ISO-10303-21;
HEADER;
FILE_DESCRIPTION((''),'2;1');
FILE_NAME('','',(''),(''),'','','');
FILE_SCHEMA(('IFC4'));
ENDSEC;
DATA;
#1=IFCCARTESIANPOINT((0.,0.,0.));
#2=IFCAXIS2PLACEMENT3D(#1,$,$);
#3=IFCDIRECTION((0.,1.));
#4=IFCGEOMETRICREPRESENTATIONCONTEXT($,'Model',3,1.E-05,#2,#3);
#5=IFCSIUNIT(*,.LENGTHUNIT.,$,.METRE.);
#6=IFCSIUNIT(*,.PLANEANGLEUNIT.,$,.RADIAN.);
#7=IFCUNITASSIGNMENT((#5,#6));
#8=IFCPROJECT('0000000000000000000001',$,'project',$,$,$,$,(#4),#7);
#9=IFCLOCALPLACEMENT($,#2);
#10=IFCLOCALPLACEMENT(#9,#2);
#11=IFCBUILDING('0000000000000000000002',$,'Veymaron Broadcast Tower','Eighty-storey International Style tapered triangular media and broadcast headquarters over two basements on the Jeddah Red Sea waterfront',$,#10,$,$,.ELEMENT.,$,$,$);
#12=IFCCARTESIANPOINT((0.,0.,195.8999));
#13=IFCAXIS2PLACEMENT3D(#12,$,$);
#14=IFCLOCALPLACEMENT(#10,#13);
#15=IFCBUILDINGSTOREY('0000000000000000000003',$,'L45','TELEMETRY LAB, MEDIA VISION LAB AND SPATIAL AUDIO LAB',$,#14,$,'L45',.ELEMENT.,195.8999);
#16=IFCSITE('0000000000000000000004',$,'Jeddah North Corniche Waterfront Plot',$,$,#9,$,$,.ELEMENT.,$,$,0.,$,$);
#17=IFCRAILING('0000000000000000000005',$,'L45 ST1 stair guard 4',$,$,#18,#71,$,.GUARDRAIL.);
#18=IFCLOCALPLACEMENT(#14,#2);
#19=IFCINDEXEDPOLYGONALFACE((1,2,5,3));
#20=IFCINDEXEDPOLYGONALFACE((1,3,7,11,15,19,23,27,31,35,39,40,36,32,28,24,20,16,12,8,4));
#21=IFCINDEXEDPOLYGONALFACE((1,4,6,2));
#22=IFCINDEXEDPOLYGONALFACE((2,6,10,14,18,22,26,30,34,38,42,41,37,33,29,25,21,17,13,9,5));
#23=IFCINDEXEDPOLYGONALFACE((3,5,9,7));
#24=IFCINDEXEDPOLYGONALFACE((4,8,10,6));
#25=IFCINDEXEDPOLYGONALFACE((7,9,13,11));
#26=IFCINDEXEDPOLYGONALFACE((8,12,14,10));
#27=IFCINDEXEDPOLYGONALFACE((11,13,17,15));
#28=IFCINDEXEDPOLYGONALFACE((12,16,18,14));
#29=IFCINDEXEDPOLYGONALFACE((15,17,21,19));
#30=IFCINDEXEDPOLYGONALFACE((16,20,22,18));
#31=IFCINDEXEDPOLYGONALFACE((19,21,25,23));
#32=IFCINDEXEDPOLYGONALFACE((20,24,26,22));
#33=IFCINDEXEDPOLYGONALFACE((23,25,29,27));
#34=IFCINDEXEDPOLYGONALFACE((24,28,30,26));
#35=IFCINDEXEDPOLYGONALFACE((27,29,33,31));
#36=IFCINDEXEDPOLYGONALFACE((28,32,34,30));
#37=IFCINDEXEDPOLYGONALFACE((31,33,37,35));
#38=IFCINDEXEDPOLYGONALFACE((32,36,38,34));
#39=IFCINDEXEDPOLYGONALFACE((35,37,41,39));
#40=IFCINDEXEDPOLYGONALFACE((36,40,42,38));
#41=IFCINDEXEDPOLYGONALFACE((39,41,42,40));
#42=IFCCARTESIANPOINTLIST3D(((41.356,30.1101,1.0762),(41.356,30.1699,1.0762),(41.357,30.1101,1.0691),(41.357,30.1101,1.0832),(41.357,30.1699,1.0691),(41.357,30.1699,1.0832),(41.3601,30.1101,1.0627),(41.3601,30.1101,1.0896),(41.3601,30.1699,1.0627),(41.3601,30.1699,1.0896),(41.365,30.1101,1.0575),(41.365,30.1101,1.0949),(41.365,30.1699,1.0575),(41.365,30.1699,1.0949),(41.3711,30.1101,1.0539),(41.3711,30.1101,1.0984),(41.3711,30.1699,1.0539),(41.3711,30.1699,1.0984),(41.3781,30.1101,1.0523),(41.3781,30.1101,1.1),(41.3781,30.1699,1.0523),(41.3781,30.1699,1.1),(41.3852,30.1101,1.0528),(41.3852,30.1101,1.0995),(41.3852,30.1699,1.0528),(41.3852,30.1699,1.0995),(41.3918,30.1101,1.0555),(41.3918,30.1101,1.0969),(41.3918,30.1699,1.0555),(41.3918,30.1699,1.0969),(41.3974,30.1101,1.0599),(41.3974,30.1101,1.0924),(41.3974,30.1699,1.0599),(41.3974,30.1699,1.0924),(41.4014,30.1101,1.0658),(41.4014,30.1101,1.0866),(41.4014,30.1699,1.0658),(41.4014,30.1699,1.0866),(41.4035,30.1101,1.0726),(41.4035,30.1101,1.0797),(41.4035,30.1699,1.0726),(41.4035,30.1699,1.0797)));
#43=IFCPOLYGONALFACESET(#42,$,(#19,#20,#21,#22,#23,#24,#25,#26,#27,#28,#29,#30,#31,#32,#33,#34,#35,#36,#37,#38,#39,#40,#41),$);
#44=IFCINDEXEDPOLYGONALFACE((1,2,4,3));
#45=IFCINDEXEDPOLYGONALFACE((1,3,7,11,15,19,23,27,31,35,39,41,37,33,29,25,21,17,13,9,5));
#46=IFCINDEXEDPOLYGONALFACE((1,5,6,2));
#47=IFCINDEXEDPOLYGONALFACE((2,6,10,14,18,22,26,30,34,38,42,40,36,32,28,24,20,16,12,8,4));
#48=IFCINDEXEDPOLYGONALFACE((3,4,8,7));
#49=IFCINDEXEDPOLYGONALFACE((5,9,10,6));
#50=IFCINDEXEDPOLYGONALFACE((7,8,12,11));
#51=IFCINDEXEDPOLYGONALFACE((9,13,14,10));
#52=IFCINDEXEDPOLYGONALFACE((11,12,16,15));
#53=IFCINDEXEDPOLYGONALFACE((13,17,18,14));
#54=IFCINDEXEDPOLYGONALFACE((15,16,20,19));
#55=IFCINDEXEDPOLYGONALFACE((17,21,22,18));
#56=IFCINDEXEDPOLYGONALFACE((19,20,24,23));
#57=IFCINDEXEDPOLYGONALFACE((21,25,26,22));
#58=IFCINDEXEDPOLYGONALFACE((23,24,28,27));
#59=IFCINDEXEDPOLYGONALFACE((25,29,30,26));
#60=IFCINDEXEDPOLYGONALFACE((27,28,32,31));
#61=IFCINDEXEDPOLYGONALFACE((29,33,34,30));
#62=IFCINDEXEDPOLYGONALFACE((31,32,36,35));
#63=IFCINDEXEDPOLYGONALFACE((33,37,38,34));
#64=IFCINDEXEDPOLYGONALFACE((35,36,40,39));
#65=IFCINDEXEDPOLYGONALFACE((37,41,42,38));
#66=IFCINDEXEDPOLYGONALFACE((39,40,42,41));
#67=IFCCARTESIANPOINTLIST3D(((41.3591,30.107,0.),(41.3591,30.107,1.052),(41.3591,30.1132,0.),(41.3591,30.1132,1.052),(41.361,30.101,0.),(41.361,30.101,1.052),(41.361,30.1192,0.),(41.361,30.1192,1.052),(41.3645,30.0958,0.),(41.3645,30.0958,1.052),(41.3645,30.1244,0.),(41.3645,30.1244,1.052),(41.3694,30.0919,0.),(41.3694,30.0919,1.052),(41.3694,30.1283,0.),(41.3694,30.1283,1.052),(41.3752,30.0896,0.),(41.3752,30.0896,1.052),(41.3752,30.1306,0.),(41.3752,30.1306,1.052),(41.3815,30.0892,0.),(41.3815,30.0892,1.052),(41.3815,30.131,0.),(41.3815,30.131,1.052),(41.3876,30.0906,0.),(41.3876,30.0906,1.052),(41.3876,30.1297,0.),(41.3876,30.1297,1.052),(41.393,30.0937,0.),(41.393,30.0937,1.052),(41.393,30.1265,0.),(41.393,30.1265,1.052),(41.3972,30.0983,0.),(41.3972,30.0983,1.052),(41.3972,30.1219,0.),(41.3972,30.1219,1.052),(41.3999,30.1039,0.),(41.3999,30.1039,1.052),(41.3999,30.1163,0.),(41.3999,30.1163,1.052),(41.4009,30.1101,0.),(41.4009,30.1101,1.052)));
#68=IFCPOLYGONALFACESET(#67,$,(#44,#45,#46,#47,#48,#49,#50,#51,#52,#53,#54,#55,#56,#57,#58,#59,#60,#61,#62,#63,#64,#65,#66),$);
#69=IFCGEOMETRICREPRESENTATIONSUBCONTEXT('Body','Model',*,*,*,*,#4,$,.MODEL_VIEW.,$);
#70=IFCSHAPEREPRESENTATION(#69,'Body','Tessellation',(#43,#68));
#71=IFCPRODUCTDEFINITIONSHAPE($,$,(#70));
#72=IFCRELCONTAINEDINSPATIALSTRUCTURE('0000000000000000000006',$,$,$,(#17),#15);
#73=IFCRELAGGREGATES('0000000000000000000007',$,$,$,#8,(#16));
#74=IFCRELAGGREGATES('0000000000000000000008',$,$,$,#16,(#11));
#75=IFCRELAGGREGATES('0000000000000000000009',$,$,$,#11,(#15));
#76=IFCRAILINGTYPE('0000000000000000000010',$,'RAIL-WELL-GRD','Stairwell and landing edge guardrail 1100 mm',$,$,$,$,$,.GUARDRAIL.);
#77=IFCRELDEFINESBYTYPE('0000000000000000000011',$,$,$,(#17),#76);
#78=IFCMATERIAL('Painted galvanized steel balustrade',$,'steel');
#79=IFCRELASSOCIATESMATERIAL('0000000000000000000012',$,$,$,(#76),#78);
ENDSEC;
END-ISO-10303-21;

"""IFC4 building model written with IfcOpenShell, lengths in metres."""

from ifc_helpers import new_model, si_unit, direction, frame, origin, origin_2d, place, context, subcontext, project, spatial, circle, extrude, material, type_object, element, save


model = new_model("IFC4")

# Units and contexts
model_context = context("Model", 3, precision=1e-05, world=origin(), true_north=direction((0.0, 1.0)))
body_context = subcontext(model_context, "Body", "Model", "MODEL_VIEW")
ifc_project = project(units=[si_unit("LENGTHUNIT", "METRE"), si_unit("PLANEANGLEUNIT", "RADIAN")], contexts=[model_context])

# Site, building, storey
site_placement = place(None, origin())
site = spatial("IfcSite", under=ifc_project, at=site_placement, Name="Jeddah North Corniche Waterfront Plot", CompositionType="ELEMENT", RefElevation=0.0)
building_placement = place(site_placement, origin())
building = spatial("IfcBuilding", under=site, at=building_placement, Name="Veymaron Broadcast Tower", Description="Eighty-storey International Style tapered triangular media and broadcast headquarters over two basements on the Jeddah Red Sea waterfront", CompositionType="ELEMENT")
storey_placement = place(building_placement, frame((0.0, 0.0, 195.8999)))
storey = spatial("IfcBuildingStorey", under=building, at=storey_placement, Name="L45", Description="TELEMETRY LAB, MEDIA VISION LAB AND SPATIAL AUDIO LAB", LongName="L45", CompositionType="ELEMENT", Elevation=195.8999)

# Railing
ifc_material_1 = material(Name="Painted galvanized steel balustrade", Category="steel")
railing_type_1 = type_object("IfcRailingType", Name="RAIL-WELL-GRD", Description="Stairwell and landing edge guardrail 1100 mm", PredefinedType="GUARDRAIL", material=ifc_material_1)
railing_1_placement = place(storey_placement, frame((41.3799, 30.1101, 0.0)))
element("IfcRailing", 1, at=railing_1_placement, inside=storey, type_object=railing_type_1, Name="L45 ST1 stair guard 4", PredefinedType="GUARDRAIL", context=body_context, shape_type="SweptSolid", body=[
    extrude(circle(Radius=0.0239, at=origin_2d()), frame((0.0, 0.0, 1.0762), z_axis=(0.0, 1.0, 0.0), x_axis=(-1.0, 0.0, 0.0)), (0.0, 0.0, 1.0), 0.0598),
    extrude(circle(Radius=0.021, at=origin_2d()), origin(), (0.0, 0.0, 1.0), 1.052),
])

save(model, "model.ifc")
